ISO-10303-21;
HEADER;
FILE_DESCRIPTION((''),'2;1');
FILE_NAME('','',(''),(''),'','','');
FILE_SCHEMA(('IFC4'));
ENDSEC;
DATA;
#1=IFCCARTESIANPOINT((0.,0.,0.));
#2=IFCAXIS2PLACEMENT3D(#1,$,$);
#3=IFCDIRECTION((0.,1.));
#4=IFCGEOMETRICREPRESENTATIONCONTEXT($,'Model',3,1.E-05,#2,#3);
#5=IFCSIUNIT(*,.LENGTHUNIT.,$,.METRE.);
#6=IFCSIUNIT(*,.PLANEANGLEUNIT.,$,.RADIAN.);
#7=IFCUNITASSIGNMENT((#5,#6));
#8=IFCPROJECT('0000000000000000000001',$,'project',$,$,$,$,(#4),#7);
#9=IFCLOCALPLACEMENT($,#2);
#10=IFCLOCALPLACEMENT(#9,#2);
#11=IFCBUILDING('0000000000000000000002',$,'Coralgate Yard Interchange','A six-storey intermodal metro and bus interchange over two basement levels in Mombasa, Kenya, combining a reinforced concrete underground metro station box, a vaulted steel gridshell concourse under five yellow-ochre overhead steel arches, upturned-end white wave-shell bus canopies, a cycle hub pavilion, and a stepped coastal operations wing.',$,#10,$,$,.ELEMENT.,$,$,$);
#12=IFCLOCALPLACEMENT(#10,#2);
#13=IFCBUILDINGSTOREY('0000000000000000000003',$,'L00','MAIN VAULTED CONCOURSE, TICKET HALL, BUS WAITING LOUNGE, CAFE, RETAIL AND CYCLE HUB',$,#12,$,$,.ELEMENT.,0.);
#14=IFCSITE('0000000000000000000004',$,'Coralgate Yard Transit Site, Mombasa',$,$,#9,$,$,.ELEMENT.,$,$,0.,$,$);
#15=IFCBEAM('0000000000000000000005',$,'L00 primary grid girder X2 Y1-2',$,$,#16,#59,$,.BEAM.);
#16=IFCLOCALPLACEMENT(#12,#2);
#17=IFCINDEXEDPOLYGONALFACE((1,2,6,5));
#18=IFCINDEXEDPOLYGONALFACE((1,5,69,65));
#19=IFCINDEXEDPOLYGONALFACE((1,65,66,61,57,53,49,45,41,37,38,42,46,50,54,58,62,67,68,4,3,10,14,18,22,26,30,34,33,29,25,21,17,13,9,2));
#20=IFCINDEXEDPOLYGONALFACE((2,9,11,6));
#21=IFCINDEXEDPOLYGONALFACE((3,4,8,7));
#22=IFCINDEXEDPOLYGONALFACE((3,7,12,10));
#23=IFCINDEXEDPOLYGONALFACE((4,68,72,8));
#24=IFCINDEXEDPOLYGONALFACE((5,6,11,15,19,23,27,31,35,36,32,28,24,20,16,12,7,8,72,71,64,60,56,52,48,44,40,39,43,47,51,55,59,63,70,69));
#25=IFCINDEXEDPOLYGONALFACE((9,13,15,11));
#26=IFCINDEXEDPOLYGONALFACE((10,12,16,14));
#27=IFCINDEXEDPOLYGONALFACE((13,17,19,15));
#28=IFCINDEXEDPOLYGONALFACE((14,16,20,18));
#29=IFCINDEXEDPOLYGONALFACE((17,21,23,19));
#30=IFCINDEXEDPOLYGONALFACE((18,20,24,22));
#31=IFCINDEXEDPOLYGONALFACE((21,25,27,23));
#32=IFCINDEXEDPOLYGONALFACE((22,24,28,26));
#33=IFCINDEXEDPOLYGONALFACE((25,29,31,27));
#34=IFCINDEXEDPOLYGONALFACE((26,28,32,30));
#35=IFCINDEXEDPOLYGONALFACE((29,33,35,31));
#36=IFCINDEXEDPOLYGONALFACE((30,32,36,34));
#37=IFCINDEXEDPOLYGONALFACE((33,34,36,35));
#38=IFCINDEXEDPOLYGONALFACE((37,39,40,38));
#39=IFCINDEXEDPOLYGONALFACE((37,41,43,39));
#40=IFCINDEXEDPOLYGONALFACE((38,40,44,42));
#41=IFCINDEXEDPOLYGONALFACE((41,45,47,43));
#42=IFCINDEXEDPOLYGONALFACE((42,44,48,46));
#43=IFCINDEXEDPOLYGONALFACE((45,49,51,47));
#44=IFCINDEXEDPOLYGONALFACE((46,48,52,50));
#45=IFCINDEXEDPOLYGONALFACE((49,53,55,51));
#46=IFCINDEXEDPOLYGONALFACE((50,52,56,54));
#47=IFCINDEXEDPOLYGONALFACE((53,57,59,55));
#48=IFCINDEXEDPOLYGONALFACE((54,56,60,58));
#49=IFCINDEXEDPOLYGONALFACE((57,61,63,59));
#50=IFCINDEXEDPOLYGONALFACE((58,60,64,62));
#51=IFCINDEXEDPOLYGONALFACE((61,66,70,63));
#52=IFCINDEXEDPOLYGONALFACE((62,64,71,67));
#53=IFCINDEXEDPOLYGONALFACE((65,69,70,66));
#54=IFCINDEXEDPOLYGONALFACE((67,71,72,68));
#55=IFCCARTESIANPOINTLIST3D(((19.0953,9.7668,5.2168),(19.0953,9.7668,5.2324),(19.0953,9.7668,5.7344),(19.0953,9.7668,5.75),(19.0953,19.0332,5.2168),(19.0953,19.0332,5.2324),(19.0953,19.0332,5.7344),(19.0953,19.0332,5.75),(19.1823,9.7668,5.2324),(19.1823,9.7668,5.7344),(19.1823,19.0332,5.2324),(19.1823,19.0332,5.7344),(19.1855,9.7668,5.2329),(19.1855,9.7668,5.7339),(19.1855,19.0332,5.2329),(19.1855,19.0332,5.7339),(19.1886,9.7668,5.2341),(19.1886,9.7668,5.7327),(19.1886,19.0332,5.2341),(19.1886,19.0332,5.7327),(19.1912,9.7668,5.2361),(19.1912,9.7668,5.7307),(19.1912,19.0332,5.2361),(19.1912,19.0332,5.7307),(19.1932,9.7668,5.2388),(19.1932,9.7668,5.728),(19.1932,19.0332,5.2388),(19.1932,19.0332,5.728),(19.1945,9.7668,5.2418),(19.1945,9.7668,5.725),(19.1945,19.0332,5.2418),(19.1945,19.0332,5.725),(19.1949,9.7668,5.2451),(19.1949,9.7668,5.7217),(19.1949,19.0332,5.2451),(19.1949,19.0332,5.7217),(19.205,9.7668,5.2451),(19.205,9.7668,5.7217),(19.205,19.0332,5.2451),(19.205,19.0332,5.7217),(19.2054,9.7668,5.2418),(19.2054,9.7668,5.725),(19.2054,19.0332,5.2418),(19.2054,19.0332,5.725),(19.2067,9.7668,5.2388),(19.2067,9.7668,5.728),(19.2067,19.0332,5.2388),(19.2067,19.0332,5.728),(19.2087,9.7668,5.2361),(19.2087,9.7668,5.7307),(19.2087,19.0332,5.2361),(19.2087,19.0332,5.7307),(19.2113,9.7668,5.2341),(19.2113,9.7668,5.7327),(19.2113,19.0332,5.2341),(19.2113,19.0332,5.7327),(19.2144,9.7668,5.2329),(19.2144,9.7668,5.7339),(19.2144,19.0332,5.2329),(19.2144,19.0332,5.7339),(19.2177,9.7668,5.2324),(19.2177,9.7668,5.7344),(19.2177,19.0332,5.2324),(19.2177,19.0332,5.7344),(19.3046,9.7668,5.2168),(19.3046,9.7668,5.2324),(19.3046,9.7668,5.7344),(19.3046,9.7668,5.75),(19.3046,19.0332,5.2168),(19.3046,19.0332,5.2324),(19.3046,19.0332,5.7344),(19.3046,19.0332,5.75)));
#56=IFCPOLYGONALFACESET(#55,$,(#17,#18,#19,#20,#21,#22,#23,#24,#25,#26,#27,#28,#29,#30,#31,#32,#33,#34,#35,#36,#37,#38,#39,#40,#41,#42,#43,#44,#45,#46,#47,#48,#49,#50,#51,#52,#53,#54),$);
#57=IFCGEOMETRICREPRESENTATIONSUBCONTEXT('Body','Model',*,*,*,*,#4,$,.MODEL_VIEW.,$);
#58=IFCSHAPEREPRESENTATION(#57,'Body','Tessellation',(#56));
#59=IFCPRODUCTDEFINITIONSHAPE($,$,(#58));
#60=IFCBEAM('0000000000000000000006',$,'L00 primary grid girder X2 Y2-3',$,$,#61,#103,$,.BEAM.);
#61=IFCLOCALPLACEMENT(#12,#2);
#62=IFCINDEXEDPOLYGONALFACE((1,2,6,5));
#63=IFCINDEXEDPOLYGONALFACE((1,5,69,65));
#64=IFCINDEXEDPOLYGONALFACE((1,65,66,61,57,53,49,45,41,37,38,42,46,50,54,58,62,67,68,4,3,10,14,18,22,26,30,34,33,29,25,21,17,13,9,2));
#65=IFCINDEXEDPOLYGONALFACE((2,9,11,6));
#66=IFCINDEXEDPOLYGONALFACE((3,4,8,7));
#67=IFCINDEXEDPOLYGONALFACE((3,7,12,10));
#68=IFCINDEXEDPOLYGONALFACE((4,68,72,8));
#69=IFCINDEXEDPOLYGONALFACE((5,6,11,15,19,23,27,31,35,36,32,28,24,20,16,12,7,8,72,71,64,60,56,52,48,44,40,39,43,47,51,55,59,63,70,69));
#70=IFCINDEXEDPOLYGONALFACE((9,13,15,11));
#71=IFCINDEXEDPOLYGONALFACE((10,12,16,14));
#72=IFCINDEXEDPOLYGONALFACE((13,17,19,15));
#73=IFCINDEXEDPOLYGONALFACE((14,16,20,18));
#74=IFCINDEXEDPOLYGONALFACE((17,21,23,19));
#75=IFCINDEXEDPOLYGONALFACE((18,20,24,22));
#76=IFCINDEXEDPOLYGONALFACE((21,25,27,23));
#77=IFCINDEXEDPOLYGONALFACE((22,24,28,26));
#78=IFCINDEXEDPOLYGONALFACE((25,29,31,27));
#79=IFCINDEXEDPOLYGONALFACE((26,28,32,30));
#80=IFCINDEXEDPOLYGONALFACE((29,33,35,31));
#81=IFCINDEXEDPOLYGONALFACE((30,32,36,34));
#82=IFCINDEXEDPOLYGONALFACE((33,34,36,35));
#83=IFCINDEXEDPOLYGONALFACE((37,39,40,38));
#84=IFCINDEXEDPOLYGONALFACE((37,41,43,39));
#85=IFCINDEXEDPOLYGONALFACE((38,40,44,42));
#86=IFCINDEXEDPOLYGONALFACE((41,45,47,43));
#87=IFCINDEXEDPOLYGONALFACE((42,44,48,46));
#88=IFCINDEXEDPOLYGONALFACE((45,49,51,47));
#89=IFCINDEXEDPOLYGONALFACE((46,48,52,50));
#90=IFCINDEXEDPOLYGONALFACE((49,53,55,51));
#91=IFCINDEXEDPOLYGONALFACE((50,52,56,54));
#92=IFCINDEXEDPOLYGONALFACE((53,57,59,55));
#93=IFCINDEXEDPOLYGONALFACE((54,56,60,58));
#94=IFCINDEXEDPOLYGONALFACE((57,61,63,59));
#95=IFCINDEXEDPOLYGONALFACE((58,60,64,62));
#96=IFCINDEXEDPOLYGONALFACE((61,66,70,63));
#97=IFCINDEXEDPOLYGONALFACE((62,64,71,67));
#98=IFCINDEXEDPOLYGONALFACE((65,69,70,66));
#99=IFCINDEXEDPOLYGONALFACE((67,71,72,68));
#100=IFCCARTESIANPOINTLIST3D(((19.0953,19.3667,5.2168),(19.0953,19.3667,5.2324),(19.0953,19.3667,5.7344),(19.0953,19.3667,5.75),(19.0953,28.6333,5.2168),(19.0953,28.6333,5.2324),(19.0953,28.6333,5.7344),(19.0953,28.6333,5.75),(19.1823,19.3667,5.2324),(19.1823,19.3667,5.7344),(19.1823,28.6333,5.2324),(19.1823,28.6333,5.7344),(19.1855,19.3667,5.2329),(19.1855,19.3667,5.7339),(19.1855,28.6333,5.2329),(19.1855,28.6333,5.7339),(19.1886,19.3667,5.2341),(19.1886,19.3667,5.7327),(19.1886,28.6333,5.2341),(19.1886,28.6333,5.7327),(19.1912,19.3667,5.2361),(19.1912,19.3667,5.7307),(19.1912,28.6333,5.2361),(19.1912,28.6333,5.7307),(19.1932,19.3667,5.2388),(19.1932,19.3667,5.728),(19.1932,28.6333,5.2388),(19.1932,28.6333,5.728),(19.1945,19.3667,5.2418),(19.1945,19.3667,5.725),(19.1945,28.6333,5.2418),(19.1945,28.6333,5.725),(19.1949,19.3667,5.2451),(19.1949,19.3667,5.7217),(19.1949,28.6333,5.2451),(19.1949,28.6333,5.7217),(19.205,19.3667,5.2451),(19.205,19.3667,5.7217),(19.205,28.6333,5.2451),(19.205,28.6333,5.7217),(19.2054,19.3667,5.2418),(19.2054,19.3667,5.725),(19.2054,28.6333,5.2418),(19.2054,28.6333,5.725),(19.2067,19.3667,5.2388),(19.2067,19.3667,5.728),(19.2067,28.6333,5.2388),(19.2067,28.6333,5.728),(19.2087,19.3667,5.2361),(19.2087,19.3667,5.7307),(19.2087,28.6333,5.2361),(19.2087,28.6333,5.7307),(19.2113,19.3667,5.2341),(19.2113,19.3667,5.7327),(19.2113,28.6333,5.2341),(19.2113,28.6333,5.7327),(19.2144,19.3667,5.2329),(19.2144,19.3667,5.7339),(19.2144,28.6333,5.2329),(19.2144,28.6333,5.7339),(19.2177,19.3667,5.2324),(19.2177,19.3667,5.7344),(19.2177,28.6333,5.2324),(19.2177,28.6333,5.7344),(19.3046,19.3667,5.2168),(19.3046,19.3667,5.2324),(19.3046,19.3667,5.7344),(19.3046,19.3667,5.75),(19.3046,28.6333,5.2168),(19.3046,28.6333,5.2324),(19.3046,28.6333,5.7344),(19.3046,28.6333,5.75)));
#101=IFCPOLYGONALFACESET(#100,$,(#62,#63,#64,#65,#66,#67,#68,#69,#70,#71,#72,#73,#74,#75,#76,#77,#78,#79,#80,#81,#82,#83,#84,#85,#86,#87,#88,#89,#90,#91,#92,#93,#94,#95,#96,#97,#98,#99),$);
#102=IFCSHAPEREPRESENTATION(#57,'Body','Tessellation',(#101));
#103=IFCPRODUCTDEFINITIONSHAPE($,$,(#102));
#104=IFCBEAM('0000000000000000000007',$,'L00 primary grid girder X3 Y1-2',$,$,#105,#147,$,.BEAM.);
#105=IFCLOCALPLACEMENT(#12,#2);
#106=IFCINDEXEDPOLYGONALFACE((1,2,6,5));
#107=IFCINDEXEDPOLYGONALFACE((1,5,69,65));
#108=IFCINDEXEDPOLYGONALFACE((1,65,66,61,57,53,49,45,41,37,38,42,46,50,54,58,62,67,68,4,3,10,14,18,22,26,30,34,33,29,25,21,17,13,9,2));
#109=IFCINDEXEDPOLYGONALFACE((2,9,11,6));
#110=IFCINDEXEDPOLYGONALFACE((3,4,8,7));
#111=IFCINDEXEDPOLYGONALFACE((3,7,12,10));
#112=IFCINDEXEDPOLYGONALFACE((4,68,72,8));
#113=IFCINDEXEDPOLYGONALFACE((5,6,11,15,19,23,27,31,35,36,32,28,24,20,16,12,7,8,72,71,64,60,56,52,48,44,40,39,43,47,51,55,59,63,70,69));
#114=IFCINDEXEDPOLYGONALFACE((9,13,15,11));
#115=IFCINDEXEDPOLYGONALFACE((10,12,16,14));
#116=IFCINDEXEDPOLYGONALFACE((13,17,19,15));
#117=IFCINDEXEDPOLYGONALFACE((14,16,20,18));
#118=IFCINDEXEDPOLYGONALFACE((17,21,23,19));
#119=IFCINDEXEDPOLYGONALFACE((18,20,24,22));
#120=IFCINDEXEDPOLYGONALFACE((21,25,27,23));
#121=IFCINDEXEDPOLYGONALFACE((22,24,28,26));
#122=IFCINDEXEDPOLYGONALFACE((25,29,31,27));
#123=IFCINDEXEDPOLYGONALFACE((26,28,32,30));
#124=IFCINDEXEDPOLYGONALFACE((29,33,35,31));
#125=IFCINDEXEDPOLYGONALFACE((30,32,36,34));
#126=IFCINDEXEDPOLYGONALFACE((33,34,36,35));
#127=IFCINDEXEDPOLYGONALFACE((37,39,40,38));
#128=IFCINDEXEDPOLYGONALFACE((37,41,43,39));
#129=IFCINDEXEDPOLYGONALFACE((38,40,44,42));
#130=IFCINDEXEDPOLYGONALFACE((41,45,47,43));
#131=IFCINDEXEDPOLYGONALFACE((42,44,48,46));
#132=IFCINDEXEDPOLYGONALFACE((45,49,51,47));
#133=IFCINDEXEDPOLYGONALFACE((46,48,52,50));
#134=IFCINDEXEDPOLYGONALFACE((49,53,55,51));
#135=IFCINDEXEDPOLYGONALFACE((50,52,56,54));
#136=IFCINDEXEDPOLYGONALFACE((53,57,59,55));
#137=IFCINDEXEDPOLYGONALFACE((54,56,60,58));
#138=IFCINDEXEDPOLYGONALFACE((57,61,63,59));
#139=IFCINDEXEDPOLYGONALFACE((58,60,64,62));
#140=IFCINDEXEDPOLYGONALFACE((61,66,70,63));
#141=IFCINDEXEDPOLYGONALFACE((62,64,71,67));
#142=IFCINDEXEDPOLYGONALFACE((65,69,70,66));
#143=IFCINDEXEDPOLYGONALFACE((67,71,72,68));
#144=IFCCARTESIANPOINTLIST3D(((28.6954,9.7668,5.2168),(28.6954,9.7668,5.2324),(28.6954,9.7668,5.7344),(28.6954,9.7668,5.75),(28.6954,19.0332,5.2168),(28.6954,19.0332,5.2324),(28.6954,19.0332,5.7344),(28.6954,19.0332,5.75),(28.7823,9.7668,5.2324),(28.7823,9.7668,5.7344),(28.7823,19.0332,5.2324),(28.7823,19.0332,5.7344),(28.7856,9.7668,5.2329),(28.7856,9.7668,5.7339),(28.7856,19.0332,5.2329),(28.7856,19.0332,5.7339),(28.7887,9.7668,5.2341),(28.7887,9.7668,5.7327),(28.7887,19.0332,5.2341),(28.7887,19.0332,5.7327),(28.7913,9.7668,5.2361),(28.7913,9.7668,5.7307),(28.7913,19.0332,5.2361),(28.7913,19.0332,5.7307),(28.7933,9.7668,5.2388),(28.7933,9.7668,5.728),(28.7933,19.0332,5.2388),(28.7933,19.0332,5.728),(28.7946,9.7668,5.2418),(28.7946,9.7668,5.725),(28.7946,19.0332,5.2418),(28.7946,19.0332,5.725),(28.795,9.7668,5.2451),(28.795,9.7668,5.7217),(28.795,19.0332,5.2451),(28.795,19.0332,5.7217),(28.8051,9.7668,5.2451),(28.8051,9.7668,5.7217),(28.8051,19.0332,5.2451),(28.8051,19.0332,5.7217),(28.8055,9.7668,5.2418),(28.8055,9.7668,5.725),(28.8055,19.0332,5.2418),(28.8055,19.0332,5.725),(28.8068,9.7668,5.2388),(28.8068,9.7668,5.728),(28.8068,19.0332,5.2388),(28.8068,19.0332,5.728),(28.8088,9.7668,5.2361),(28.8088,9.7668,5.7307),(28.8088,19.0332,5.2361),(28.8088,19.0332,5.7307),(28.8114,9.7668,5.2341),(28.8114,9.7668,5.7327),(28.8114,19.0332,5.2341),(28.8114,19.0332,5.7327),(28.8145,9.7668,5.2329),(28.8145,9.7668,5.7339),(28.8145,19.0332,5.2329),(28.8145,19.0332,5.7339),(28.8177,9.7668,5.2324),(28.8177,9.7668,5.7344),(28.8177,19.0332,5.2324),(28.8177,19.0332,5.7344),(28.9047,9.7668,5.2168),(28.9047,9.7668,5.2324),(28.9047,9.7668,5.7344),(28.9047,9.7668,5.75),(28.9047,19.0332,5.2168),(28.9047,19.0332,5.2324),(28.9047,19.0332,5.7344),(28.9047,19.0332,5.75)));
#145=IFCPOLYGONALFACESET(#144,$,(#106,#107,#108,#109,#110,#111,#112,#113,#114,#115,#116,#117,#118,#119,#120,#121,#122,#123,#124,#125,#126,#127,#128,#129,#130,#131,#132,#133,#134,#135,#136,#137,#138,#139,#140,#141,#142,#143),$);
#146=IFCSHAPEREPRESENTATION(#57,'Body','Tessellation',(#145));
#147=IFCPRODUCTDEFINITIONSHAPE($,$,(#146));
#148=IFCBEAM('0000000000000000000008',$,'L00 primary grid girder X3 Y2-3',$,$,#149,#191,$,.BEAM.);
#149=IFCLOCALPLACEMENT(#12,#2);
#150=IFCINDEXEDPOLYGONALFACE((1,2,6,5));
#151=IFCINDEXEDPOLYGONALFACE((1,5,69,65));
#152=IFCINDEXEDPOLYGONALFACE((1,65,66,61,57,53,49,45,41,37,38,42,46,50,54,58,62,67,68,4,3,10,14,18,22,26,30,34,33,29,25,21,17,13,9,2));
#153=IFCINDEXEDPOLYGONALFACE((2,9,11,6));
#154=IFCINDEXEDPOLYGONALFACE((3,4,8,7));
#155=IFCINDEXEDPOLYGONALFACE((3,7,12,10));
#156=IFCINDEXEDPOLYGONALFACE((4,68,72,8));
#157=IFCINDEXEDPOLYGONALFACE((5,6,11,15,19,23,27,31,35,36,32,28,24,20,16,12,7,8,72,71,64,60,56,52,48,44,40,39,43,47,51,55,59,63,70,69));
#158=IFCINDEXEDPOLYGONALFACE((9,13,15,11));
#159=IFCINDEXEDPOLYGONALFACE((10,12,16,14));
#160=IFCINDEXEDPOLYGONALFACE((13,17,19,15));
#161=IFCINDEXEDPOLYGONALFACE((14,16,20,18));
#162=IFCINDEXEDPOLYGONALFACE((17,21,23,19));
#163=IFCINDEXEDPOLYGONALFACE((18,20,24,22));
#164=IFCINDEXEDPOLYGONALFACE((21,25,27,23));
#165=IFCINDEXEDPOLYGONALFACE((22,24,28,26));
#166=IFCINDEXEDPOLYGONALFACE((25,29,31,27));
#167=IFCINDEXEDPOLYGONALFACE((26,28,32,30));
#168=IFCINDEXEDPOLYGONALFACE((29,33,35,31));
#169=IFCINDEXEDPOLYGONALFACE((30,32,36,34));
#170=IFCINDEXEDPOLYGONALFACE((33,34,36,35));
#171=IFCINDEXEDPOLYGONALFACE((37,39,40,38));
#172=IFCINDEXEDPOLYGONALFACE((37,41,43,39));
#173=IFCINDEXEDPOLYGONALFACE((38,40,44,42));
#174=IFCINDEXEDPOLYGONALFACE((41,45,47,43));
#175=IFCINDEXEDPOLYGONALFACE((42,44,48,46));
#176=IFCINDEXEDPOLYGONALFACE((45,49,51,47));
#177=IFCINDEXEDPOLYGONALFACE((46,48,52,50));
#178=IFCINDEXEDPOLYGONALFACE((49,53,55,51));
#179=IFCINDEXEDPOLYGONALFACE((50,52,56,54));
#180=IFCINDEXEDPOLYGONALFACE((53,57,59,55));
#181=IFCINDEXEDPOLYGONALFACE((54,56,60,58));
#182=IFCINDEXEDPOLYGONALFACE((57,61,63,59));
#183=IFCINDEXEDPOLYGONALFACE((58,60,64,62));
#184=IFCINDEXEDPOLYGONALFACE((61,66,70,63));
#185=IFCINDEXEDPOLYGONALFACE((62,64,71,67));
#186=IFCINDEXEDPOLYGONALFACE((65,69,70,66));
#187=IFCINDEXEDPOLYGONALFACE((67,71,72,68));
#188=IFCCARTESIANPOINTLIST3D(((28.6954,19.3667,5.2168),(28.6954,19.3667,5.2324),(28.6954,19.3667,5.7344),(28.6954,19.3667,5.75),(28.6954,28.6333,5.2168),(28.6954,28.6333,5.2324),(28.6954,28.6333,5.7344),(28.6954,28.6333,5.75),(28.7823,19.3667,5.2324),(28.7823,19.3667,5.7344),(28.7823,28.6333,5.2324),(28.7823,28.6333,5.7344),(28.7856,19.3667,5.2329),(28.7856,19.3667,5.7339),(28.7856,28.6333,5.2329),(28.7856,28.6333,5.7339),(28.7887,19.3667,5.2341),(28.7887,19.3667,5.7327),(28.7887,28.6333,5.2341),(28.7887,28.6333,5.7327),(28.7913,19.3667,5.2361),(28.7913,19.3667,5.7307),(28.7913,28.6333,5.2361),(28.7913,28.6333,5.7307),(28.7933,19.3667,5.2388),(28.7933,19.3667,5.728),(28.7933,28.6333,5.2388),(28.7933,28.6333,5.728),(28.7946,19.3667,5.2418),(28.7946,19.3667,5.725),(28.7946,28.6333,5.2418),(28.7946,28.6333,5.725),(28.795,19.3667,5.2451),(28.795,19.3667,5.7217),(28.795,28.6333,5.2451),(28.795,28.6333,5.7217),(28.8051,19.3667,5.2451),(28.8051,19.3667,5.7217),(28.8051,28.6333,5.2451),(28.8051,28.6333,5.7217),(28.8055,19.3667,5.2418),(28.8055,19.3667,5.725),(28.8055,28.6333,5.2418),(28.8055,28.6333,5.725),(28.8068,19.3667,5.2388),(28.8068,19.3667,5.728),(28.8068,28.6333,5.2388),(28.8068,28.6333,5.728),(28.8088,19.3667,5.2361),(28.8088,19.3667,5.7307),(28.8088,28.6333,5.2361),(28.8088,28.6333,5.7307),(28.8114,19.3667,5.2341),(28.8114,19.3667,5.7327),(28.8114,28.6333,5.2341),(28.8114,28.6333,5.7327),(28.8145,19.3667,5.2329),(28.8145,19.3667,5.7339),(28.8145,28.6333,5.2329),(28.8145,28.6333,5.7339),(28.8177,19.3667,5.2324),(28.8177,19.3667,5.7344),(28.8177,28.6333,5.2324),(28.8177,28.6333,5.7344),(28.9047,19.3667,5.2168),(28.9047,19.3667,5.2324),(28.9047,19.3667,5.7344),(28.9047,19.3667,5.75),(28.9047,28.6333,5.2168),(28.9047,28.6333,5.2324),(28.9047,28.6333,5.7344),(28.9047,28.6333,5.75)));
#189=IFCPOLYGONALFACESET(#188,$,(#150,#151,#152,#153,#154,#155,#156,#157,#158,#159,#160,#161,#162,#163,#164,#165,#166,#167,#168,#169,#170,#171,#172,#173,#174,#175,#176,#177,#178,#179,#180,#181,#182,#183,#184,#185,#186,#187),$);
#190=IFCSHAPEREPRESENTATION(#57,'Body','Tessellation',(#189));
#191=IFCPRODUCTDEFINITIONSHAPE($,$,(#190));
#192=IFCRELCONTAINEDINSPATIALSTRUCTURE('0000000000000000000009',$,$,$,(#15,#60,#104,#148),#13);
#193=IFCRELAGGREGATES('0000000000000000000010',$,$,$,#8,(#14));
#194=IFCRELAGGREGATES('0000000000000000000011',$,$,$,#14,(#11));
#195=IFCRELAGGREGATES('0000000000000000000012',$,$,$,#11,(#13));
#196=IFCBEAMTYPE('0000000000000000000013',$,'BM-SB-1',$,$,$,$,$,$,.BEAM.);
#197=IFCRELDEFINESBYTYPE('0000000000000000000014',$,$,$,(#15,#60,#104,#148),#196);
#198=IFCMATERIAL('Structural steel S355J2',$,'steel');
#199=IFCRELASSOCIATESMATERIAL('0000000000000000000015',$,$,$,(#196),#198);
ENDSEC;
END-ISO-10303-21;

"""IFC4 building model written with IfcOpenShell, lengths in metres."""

from ifc_helpers import new_model, si_unit, direction, frame, origin, origin_2d, place, context, subcontext, project, spatial, i_section, extrude, material, material_profile, profile_set, type_object, element, save


model = new_model("IFC4")

# Units and contexts
model_context = context("Model", 3, precision=1e-05, world=origin(), true_north=direction((0.0, 1.0)))
body_context = subcontext(model_context, "Body", "Model", "MODEL_VIEW")
ifc_project = project(units=[si_unit("LENGTHUNIT", "METRE"), si_unit("PLANEANGLEUNIT", "RADIAN")], contexts=[model_context])

# Site, building, storey
site_placement = place(None, origin())
site = spatial("IfcSite", under=ifc_project, at=site_placement, Name="Coralgate Yard Transit Site, Mombasa", CompositionType="ELEMENT", RefElevation=0.0)
building_placement = place(site_placement, origin())
building = spatial("IfcBuilding", under=site, at=building_placement, Name="Coralgate Yard Interchange", Description="A six-storey intermodal metro and bus interchange over two basement levels in Mombasa, Kenya, combining a reinforced concrete underground metro station box, a vaulted steel gridshell concourse under five yellow-ochre overhead steel arches, upturned-end white wave-shell bus canopies, a cycle hub pavilion, and a stepped coastal operations wing.", CompositionType="ELEMENT")
storey_placement = place(building_placement, origin())
storey = spatial("IfcBuildingStorey", under=building, at=storey_placement, Name="L00", Description="MAIN VAULTED CONCOURSE, TICKET HALL, BUS WAITING LOUNGE, CAFE, RETAIL AND CYCLE HUB", CompositionType="ELEMENT", Elevation=0.0)

# Shared definitions
ifc_material_1 = material(Name="Structural steel S355J2", Category="steel")

# Beams
ifc_material_profile_1 = material_profile(ifc_material_1, i_section(OverallWidth=0.2092, OverallDepth=0.5332, WebThickness=0.01, FlangeThickness=0.0156, FilletRadius=0.0127, at=origin_2d()), Name="UB 533x210x92")
ifc_profile_set_1 = profile_set([ifc_material_profile_1], Name="Structural steel S355J2")
beam_type_1 = type_object("IfcBeamType", Name="BM-SB-1", PredefinedType="BEAM", material=ifc_profile_set_1)
beam_1_placement = place(storey_placement, frame((19.2, 9.7668, 5.4834), z_axis=(0.0, 1.0, 0.0), x_axis=(-1.0, 0.0, 0.0)))
element("IfcBeam", 1, at=beam_1_placement, inside=storey, type_object=beam_type_1, Name="L00 primary grid girder X2 Y1-2", PredefinedType="BEAM", context=body_context, shape_type="SweptSolid", body=[
    extrude(i_section(OverallWidth=0.2092, OverallDepth=0.5332, WebThickness=0.01, FlangeThickness=0.0156, FilletRadius=0.0127, at=origin_2d()), origin(), (0.0, 0.0, 1.0), 9.2664),
])
beam_2_placement = place(storey_placement, frame((19.2, 19.3667, 5.4834), z_axis=(0.0, 1.0, 0.0), x_axis=(-1.0, 0.0, 0.0)))
element("IfcBeam", 2, at=beam_2_placement, inside=storey, type_object=beam_type_1, Name="L00 primary grid girder X2 Y2-3", PredefinedType="BEAM", context=body_context, shape_type="SweptSolid", body=[
    extrude(i_section(OverallWidth=0.2092, OverallDepth=0.5332, WebThickness=0.01, FlangeThickness=0.0156, FilletRadius=0.0127, at=origin_2d()), origin(), (0.0, 0.0, 1.0), 9.2666),
])
beam_3_placement = place(storey_placement, frame((28.8, 9.7668, 5.4834), z_axis=(0.0, 1.0, 0.0), x_axis=(-1.0, 0.0, 0.0)))
element("IfcBeam", 3, at=beam_3_placement, inside=storey, type_object=beam_type_1, Name="L00 primary grid girder X3 Y1-2", PredefinedType="BEAM", context=body_context, shape_type="SweptSolid", body=[
    extrude(i_section(OverallWidth=0.2092, OverallDepth=0.5332, WebThickness=0.01, FlangeThickness=0.0156, FilletRadius=0.0127, at=origin_2d()), origin(), (0.0, 0.0, 1.0), 9.2664),
])
beam_4_placement = place(storey_placement, frame((28.8, 19.3667, 5.4834), z_axis=(0.0, 1.0, 0.0), x_axis=(-1.0, 0.0, 0.0)))
element("IfcBeam", 4, at=beam_4_placement, inside=storey, type_object=beam_type_1, Name="L00 primary grid girder X3 Y2-3", PredefinedType="BEAM", context=body_context, shape_type="SweptSolid", body=[
    extrude(i_section(OverallWidth=0.2092, OverallDepth=0.5332, WebThickness=0.01, FlangeThickness=0.0156, FilletRadius=0.0127, at=origin_2d()), origin(), (0.0, 0.0, 1.0), 9.2666),
])

save(model, "model.ifc")
